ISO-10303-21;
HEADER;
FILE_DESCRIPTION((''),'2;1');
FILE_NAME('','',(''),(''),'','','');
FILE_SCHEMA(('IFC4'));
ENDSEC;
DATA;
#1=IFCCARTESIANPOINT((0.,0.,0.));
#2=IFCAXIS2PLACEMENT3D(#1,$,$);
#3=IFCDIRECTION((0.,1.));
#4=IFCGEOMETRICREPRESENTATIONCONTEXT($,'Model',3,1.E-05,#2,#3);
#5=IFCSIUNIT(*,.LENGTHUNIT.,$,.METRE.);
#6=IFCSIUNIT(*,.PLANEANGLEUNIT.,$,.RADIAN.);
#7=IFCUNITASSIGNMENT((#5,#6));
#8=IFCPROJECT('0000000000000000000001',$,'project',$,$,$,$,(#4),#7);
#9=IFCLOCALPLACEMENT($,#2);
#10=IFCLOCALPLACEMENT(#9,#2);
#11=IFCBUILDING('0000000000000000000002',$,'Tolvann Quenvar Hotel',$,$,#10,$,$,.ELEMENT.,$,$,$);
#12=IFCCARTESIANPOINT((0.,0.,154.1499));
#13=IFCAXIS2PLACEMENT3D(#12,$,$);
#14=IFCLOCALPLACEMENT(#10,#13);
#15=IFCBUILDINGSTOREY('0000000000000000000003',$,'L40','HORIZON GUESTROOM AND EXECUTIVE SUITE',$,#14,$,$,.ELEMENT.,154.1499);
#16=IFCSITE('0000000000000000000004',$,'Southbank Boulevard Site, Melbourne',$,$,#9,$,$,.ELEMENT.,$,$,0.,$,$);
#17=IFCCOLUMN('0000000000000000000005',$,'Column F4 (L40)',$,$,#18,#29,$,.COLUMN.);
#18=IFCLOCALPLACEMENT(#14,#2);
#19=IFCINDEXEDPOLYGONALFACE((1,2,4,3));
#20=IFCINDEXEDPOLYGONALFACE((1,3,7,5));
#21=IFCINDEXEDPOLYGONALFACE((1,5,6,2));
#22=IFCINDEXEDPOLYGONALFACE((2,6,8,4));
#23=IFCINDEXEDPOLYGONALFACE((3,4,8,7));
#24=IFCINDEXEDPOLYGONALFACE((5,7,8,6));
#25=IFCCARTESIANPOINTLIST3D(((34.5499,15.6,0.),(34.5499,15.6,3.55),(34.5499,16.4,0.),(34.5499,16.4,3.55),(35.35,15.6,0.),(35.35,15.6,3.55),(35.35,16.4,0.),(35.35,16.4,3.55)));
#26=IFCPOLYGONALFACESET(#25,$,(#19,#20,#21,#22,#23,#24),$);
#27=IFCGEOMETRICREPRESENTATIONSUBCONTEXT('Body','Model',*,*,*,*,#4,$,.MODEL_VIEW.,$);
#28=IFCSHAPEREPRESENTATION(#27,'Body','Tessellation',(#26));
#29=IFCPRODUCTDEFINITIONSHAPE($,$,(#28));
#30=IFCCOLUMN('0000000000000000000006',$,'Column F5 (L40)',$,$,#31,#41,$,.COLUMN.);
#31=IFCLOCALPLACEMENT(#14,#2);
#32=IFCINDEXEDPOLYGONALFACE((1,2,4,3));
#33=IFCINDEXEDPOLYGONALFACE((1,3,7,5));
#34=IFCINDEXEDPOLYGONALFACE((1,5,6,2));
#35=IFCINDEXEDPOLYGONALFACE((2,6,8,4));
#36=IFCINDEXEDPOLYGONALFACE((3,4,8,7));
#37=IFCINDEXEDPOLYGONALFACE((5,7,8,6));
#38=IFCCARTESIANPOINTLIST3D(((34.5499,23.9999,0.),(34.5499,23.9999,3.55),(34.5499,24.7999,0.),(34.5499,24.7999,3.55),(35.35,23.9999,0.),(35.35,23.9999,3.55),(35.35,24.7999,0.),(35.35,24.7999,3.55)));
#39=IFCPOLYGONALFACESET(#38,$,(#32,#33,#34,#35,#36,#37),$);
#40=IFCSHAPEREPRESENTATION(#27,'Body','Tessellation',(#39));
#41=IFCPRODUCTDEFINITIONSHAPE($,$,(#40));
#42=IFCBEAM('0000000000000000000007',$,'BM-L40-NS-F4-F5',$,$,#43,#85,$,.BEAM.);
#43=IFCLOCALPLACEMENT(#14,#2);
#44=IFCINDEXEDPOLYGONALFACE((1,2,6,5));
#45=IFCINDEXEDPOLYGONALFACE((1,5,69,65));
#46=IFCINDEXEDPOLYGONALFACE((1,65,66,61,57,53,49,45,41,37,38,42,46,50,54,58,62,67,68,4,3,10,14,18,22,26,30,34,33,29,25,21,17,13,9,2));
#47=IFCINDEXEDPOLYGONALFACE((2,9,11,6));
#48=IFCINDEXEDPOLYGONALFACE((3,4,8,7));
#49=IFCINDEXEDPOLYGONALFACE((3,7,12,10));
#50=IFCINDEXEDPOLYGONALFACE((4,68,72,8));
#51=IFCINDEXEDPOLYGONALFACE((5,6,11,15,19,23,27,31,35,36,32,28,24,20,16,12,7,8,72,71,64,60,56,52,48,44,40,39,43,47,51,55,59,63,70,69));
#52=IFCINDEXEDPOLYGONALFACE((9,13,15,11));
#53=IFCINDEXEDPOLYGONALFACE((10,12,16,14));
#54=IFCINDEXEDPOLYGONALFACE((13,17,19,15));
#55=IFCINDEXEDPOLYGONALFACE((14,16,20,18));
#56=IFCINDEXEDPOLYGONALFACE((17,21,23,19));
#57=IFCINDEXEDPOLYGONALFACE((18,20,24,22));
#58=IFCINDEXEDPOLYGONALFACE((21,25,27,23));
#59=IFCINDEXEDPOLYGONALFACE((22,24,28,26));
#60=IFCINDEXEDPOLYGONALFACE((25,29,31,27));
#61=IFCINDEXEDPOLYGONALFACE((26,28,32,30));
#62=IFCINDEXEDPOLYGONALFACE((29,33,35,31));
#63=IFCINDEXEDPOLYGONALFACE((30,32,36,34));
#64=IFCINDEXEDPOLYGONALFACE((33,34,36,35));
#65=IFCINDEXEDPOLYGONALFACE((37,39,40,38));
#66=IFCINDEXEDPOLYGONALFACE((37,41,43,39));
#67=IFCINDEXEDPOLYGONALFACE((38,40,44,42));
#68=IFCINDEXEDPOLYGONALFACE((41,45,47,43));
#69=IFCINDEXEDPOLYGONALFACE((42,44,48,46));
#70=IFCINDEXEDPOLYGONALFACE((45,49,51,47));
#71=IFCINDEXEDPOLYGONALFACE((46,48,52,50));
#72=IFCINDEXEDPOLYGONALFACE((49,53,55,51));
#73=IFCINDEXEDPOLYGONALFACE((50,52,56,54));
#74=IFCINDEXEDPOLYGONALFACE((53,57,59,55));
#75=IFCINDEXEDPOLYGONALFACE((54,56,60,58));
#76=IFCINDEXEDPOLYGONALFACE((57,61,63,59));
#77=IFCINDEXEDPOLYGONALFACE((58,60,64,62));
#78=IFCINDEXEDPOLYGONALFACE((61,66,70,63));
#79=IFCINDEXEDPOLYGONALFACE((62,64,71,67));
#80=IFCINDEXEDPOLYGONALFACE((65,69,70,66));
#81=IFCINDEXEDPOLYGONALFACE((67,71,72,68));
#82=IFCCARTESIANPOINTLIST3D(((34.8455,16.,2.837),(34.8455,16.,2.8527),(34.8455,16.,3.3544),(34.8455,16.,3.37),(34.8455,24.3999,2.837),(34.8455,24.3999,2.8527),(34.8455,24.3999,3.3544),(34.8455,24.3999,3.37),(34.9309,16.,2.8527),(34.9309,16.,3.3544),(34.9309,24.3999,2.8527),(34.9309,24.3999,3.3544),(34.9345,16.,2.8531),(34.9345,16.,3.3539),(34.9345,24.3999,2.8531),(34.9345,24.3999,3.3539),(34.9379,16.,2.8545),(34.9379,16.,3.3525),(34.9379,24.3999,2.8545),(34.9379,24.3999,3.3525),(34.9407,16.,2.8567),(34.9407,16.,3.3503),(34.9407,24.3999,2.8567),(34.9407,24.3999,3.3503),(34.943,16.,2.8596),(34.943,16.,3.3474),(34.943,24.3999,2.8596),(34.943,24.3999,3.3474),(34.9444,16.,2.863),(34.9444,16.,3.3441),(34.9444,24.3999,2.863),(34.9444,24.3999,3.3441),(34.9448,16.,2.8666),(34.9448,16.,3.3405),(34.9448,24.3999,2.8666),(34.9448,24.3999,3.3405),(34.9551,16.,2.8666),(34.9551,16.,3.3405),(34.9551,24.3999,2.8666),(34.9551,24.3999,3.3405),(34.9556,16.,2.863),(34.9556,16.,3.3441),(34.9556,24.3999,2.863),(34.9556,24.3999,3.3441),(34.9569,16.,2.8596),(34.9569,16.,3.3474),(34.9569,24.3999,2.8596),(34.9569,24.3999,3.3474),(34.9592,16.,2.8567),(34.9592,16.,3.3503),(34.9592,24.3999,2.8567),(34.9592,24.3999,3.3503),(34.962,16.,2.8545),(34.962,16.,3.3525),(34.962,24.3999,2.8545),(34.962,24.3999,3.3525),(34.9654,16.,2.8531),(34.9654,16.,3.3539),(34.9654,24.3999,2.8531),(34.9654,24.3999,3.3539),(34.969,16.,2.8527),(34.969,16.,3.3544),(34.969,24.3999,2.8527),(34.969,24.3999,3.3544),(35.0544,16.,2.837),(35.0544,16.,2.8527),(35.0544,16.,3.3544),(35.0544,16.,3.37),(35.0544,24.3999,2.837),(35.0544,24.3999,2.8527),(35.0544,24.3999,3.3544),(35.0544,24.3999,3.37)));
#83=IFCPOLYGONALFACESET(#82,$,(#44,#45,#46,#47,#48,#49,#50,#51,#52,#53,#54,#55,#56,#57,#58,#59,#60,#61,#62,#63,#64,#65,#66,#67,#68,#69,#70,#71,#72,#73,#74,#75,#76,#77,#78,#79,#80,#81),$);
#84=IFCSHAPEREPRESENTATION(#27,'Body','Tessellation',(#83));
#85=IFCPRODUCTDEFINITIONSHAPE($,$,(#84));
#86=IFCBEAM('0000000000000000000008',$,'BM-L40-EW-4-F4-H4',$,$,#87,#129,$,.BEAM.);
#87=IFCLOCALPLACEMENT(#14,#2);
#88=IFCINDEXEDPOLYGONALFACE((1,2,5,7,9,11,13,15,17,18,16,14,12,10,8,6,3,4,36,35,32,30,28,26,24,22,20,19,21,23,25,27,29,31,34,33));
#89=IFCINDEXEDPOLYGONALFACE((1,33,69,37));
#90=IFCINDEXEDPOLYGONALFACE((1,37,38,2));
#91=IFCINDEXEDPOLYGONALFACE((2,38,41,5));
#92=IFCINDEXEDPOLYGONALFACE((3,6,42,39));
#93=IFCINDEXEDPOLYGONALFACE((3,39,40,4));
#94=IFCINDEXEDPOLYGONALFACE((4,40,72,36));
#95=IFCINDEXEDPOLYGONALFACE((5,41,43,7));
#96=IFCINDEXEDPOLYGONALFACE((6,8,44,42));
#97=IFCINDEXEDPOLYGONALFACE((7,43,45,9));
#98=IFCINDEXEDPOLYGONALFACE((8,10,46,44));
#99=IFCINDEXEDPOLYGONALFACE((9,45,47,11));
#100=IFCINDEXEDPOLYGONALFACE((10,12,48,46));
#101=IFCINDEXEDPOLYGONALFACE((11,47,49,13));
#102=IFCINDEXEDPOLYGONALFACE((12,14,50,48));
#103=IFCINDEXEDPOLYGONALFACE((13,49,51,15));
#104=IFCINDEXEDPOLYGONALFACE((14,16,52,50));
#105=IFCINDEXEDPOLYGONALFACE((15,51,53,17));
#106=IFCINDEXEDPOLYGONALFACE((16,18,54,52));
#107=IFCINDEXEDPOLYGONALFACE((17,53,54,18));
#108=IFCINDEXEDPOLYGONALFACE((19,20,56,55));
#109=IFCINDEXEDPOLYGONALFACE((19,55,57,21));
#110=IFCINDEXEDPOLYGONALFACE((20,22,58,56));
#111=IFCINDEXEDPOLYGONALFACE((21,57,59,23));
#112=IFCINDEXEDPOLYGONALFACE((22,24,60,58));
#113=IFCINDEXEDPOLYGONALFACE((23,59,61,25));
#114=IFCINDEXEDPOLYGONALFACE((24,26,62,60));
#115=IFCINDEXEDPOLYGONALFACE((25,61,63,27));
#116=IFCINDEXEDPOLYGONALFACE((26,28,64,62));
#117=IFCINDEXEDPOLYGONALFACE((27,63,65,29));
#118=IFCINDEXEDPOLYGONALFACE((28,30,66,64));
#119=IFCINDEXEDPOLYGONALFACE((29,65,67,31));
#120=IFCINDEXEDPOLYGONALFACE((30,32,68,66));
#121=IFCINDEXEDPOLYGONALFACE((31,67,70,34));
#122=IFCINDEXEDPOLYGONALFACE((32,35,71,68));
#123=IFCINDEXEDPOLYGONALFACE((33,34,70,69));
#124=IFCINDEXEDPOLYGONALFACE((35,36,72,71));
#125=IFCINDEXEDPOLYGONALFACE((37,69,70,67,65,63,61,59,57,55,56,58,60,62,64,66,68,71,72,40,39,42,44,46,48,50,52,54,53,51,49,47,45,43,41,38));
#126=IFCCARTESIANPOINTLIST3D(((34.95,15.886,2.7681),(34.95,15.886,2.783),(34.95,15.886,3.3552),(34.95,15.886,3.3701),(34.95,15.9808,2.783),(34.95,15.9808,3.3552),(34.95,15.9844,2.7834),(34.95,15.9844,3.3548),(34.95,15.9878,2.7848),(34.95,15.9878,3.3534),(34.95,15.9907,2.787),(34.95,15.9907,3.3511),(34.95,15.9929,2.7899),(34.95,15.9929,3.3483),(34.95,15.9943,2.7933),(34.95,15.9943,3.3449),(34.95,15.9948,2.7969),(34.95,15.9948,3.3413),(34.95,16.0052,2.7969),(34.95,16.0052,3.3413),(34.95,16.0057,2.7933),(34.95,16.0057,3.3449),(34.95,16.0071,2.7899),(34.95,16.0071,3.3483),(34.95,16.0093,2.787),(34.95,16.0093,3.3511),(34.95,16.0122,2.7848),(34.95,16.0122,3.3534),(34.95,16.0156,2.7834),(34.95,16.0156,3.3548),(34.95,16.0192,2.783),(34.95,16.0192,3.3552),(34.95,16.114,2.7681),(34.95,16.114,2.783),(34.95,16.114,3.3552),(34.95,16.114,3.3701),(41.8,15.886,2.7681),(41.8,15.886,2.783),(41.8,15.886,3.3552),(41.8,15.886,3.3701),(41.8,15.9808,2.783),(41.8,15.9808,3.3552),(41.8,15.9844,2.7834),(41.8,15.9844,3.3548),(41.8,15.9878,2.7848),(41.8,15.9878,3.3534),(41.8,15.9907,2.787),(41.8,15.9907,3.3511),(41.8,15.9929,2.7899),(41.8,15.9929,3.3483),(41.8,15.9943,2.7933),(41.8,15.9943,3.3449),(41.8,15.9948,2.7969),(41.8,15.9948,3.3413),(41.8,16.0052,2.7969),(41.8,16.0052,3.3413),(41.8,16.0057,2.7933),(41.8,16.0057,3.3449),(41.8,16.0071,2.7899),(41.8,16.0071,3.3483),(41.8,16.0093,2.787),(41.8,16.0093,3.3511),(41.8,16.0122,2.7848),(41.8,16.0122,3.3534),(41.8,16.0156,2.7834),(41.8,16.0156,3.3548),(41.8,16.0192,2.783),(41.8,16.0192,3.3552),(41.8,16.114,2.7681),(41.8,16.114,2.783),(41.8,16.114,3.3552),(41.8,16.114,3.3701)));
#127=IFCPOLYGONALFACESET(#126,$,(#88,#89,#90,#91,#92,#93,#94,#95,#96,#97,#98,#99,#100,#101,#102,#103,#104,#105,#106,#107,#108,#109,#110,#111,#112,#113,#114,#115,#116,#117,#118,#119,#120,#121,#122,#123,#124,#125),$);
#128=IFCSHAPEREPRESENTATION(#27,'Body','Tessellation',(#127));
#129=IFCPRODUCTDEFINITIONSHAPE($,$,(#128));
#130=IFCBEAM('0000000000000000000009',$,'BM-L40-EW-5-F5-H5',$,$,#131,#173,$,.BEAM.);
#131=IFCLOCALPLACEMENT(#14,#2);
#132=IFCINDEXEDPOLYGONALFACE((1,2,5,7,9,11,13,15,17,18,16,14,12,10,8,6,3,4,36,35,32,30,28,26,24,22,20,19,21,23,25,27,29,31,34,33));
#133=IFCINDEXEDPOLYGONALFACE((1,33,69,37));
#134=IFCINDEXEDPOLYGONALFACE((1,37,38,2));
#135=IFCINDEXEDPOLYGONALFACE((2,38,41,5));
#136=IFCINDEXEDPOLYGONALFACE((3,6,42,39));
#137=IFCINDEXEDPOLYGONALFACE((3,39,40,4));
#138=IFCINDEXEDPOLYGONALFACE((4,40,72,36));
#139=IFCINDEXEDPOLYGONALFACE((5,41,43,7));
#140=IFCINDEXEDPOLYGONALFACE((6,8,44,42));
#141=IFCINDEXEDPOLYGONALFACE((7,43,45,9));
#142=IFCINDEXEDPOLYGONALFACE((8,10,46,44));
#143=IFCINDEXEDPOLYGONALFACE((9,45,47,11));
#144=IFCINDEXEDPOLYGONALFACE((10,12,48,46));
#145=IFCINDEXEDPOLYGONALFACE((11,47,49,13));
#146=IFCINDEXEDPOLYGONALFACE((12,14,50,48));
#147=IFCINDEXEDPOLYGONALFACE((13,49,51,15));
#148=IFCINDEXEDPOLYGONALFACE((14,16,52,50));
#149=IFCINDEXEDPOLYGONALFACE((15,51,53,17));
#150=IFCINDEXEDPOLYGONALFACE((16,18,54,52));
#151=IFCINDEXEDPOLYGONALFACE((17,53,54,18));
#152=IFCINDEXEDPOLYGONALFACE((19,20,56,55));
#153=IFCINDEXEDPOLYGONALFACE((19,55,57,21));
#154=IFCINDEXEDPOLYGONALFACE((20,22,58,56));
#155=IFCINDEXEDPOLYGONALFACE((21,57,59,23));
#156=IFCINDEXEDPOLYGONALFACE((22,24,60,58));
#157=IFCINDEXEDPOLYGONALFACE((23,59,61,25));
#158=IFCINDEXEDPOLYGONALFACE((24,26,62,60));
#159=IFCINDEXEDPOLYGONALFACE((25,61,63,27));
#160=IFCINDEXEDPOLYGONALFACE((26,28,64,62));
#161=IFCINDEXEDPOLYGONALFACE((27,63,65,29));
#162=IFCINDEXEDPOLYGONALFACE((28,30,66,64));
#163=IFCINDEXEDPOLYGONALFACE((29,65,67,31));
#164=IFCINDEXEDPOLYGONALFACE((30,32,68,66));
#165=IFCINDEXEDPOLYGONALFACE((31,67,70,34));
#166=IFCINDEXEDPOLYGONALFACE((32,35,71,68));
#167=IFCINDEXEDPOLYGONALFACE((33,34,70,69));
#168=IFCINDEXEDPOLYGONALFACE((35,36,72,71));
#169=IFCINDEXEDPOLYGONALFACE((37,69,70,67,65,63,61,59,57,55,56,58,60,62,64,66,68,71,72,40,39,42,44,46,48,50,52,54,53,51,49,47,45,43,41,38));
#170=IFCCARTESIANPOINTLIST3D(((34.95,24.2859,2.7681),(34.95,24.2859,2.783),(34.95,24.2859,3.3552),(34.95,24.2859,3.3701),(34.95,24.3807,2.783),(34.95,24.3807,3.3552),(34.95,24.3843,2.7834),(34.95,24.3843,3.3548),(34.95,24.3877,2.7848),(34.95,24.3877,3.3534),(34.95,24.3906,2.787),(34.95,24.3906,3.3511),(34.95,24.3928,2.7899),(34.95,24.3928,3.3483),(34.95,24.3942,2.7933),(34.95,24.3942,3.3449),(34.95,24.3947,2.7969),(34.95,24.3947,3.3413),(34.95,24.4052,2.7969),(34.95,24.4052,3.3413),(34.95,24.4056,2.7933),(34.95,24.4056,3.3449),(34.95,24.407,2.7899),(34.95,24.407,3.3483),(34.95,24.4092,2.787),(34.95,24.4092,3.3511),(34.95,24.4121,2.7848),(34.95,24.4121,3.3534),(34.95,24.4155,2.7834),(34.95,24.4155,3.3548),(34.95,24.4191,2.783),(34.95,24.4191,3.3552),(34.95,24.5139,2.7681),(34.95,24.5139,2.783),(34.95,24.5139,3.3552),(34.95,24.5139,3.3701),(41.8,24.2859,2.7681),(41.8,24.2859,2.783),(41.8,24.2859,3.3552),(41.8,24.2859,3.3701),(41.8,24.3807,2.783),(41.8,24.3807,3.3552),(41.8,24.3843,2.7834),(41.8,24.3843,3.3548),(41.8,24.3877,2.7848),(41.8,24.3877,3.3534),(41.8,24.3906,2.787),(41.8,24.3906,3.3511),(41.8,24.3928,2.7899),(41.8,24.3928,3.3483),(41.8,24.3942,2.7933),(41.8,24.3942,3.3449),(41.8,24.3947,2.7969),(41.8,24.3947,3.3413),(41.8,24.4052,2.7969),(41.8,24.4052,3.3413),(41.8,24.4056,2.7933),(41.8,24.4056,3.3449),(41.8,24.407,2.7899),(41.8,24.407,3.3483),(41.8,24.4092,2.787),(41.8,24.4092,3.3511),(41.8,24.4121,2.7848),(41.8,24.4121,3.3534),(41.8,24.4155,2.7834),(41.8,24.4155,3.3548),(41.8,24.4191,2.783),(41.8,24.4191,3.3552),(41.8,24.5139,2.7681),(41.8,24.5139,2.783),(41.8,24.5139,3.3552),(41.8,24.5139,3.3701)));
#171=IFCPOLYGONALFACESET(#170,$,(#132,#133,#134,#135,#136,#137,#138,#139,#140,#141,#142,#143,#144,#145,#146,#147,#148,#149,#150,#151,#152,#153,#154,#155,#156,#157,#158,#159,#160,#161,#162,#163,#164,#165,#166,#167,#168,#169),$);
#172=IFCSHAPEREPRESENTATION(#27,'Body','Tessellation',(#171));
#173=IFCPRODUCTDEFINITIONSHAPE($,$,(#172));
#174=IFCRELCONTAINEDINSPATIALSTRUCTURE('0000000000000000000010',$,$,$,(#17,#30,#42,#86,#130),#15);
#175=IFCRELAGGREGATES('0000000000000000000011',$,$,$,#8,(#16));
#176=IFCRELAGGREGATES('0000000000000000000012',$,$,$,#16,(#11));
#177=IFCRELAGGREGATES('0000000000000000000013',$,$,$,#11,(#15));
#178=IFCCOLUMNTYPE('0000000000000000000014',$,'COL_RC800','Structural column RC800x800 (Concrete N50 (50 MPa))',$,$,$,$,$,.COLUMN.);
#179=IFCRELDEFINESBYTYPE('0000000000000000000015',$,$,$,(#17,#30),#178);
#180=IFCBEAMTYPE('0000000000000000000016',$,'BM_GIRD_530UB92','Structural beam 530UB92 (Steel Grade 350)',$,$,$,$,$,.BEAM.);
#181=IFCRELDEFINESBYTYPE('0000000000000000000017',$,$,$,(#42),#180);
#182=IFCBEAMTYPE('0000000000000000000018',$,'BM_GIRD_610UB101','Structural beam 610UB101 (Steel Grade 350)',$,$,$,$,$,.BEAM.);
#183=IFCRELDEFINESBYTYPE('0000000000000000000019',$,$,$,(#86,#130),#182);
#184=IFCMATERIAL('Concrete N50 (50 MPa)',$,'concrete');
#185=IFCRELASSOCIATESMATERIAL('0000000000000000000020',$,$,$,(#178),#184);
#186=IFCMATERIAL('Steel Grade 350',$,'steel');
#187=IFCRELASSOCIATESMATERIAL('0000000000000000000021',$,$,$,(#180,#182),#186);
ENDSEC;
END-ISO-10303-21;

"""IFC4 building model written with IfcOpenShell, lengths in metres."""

from ifc_helpers import new_model, si_unit, direction, frame, origin, origin_2d, place, context, subcontext, project, spatial, rectangle, i_section, extrude, source, transform, mapped, material, material_profile, profile_set, type_object, type_shapes, element, save


model = new_model("IFC4")

# Units and contexts
model_context = context("Model", 3, precision=1e-05, world=origin(), true_north=direction((0.0, 1.0)))
body_context = subcontext(model_context, "Body", "Model", "MODEL_VIEW")
ifc_project = project(units=[si_unit("LENGTHUNIT", "METRE"), si_unit("PLANEANGLEUNIT", "RADIAN")], contexts=[model_context])

# Site, building, storey
site_placement = place(None, origin())
site = spatial("IfcSite", under=ifc_project, at=site_placement, Name="Southbank Boulevard Site, Melbourne", CompositionType="ELEMENT", RefElevation=0.0)
building_placement = place(site_placement, origin())
building = spatial("IfcBuilding", under=site, at=building_placement, Name="Tolvann Quenvar Hotel", CompositionType="ELEMENT")
storey_placement = place(building_placement, frame((0.0, 0.0, 154.1499)))
storey = spatial("IfcBuildingStorey", under=building, at=storey_placement, Name="L40", Description="HORIZON GUESTROOM AND EXECUTIVE SUITE", CompositionType="ELEMENT", Elevation=154.1499)

# Columns
ifc_material_1 = material(Name="Concrete N50 (50 MPa)", Category="concrete")
ifc_material_profile_1 = material_profile(ifc_material_1, rectangle(XDim=0.8, YDim=0.8, at=origin_2d()), Name="RC800x800")
ifc_profile_set_1 = profile_set([ifc_material_profile_1], Name="Concrete N50 (50 MPa)")
column_type = type_object("IfcColumnType", Name="COL_RC800", Description="Structural column RC800x800 (Concrete N50 (50 MPa))", PredefinedType="COLUMN", material=ifc_profile_set_1)
shared_shape_1 = source(origin(), body_context, "Body", "SweptSolid", [
    extrude(rectangle(XDim=0.8, YDim=0.8, at=origin_2d()), origin(), (0.0, 0.0, 1.0), 3.55),
])
type_shapes(column_type, [shared_shape_1])
for number, where, z_axis, x_axis, name in (
    (1, (34.95, 16.0, 0.0), (0.0, 0.0, 1.0), (1.0, 0.0, 0.0), "Column F4 (L40)"),
    (2, (34.95, 24.3999, 0.0), (0.0, 0.0, 1.0), (1.0, 0.0, 0.0), "Column F5 (L40)"),
):
    element("IfcColumn", number, at=place(storey_placement, frame(where, z_axis=z_axis, x_axis=x_axis)), inside=storey, type_object=column_type, Name=name, PredefinedType="COLUMN", context=body_context, shape_type="MappedRepresentation", body=[
        mapped(shared_shape_1, transform((0.0, 0.0, 0.0), x_axis=(1.0, 0.0, 0.0), y_axis=(0.0, 1.0, 0.0), z_axis=(0.0, 0.0, 1.0), scale=1.0)),
    ])

# Beams
ifc_material_2 = material(Name="Steel Grade 350", Category="steel")
ifc_material_profile_2 = material_profile(ifc_material_2, i_section(OverallWidth=0.209, OverallDepth=0.533, WebThickness=0.0103, FlangeThickness=0.0156, FilletRadius=0.0139, at=origin_2d()), Name="530UB92")
ifc_profile_set_2 = profile_set([ifc_material_profile_2], Name="Steel Grade 350")
beam_type_1 = type_object("IfcBeamType", Name="BM_GIRD_530UB92", Description="Structural beam 530UB92 (Steel Grade 350)", PredefinedType="BEAM", material=ifc_profile_set_2)
shared_shape_2 = source(origin(), body_context, "Body", "SweptSolid", [
    extrude(i_section(OverallWidth=0.209, OverallDepth=0.533, WebThickness=0.0103, FlangeThickness=0.0156, FilletRadius=0.0139, at=origin_2d()), origin(), (0.0, 0.0, 1.0), 8.3999),
])
type_shapes(beam_type_1, [shared_shape_2])
beam_1_placement = place(storey_placement, frame((34.95, 16.0, 3.1035), z_axis=(0.0, 1.0, 0.0), x_axis=(-1.0, 0.0, 0.0)))
element("IfcBeam", 3, at=beam_1_placement, inside=storey, type_object=beam_type_1, Name="BM-L40-NS-F4-F5", PredefinedType="BEAM", context=body_context, shape_type="MappedRepresentation", body=[
    mapped(shared_shape_2, transform((0.0, 0.0, 0.0), x_axis=(1.0, 0.0, 0.0), y_axis=(0.0, 1.0, 0.0), z_axis=(0.0, 0.0, 1.0), scale=1.0)),
])
ifc_material_profile_3 = material_profile(ifc_material_2, i_section(OverallWidth=0.228, OverallDepth=0.6021, WebThickness=0.0105, FlangeThickness=0.0149, FilletRadius=0.0139, at=origin_2d()), Name="610UB101")
ifc_profile_set_3 = profile_set([ifc_material_profile_3], Name="Steel Grade 350")
beam_type_2 = type_object("IfcBeamType", Name="BM_GIRD_610UB101", Description="Structural beam 610UB101 (Steel Grade 350)", PredefinedType="BEAM", material=ifc_profile_set_3)
shared_shape_3 = source(origin(), body_context, "Body", "SweptSolid", [
    extrude(i_section(OverallWidth=0.228, OverallDepth=0.6021, WebThickness=0.0105, FlangeThickness=0.0149, FilletRadius=0.0139, at=origin_2d()), origin(), (0.0, 0.0, 1.0), 6.8501),
])
for number, where, z_axis, x_axis, name in (
    (4, (34.95, 16.0, 3.0691), (1.0, 0.0, 0.0), (0.0, 1.0, 0.0), "BM-L40-EW-4-F4-H4"),
    (5, (34.95, 24.3999, 3.0691), (1.0, 0.0, 0.0), (0.0, 1.0, 0.0), "BM-L40-EW-5-F5-H5"),
):
    element("IfcBeam", number, at=place(storey_placement, frame(where, z_axis=z_axis, x_axis=x_axis)), inside=storey, type_object=beam_type_2, Name=name, PredefinedType="BEAM", context=body_context, shape_type="MappedRepresentation", body=[
        mapped(shared_shape_3, transform((0.0, 0.0, 0.0), x_axis=(1.0, 0.0, 0.0), y_axis=(0.0, 1.0, 0.0), z_axis=(0.0, 0.0, 1.0), scale=1.0)),
    ])

save(model, "model.ifc")
